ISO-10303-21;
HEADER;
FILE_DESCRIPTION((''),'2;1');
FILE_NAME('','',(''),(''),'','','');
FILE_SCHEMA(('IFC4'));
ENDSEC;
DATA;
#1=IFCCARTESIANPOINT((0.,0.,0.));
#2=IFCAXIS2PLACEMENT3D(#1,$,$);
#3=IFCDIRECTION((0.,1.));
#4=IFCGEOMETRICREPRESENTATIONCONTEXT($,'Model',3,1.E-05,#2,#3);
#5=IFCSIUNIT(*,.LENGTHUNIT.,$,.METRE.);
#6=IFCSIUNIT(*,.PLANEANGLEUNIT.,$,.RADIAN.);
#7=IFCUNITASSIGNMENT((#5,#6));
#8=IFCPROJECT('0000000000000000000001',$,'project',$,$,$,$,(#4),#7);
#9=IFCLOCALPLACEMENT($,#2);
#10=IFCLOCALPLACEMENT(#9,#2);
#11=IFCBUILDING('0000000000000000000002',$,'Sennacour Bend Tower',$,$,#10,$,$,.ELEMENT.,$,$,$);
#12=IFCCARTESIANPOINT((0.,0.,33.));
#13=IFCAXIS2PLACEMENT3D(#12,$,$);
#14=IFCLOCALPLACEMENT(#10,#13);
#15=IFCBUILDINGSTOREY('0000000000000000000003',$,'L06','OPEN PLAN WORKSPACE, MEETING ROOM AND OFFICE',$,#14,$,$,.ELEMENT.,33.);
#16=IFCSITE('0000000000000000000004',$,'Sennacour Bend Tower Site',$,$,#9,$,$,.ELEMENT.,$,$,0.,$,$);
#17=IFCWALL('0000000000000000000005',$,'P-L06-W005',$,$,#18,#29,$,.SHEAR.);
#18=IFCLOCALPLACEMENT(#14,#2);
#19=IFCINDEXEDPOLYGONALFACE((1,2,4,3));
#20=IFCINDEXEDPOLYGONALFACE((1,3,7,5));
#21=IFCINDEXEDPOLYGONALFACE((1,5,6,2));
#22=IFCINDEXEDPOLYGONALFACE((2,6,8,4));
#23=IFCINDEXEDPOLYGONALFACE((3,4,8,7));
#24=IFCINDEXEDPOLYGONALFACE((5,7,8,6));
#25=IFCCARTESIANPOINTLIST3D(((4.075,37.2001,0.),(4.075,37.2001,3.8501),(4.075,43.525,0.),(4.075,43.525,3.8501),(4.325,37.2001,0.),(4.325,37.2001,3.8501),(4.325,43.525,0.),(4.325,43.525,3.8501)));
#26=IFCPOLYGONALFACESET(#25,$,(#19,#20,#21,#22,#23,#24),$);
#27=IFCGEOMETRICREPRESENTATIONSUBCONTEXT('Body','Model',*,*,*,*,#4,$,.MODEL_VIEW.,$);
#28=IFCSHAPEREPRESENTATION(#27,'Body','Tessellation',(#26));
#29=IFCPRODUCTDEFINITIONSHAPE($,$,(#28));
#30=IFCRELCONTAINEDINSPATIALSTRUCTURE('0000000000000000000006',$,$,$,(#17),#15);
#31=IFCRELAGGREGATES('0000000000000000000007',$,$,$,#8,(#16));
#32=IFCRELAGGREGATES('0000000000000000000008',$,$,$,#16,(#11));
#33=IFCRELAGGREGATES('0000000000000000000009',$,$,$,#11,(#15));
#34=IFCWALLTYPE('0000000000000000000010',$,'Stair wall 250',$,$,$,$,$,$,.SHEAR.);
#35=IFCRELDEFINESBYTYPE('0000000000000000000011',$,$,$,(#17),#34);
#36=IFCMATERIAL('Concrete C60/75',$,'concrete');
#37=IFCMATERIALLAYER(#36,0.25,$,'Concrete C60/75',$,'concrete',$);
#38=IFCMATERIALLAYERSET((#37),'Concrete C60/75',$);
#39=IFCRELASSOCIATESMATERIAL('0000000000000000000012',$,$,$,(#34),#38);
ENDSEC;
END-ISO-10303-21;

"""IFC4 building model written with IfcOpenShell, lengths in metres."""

from ifc_helpers import new_model, si_unit, direction, frame, frame_2d, origin, place, context, subcontext, project, spatial, rectangle, extrude, material, layer, layer_set, type_object, element, save


model = new_model("IFC4")

# Units and contexts
model_context = context("Model", 3, precision=1e-05, world=origin(), true_north=direction((0.0, 1.0)))
body_context = subcontext(model_context, "Body", "Model", "MODEL_VIEW")
ifc_project = project(units=[si_unit("LENGTHUNIT", "METRE"), si_unit("PLANEANGLEUNIT", "RADIAN")], contexts=[model_context])

# Site, building, storey
site_placement = place(None, origin())
site = spatial("IfcSite", under=ifc_project, at=site_placement, Name="Sennacour Bend Tower Site", CompositionType="ELEMENT", RefElevation=0.0)
building_placement = place(site_placement, origin())
building = spatial("IfcBuilding", under=site, at=building_placement, Name="Sennacour Bend Tower", CompositionType="ELEMENT")
storey_placement = place(building_placement, frame((0.0, 0.0, 33.0)))
storey = spatial("IfcBuildingStorey", under=building, at=storey_placement, Name="L06", Description="OPEN PLAN WORKSPACE, MEETING ROOM AND OFFICE", CompositionType="ELEMENT", Elevation=33.0)

# Wall
ifc_material_1 = material(Name="Concrete C60/75", Category="concrete")
ifc_layer_1 = layer(ifc_material_1, 0.25, Name="Concrete C60/75", Category="concrete")
ifc_layer_set_1 = layer_set([ifc_layer_1], Name="Concrete C60/75")
wall_type_1 = type_object("IfcWallType", Name="Stair wall 250", PredefinedType="SHEAR", material=ifc_layer_set_1)
wall_1_placement = place(storey_placement, frame((4.2, 37.2, 0.0), z_axis=(0.0, 0.0, 1.0), x_axis=(0.0, 1.0, 0.0)))
element("IfcWall", 1, at=wall_1_placement, inside=storey, type_object=wall_type_1, Name="P-L06-W005", PredefinedType="SHEAR", context=body_context, shape_type="SweptSolid", body=[
    extrude(rectangle(XDim=6.325, YDim=0.25, at=frame_2d((3.1626, 0.0))), origin(), (0.0, 0.0, 1.0), 3.8501),
])

save(model, "model.ifc")
